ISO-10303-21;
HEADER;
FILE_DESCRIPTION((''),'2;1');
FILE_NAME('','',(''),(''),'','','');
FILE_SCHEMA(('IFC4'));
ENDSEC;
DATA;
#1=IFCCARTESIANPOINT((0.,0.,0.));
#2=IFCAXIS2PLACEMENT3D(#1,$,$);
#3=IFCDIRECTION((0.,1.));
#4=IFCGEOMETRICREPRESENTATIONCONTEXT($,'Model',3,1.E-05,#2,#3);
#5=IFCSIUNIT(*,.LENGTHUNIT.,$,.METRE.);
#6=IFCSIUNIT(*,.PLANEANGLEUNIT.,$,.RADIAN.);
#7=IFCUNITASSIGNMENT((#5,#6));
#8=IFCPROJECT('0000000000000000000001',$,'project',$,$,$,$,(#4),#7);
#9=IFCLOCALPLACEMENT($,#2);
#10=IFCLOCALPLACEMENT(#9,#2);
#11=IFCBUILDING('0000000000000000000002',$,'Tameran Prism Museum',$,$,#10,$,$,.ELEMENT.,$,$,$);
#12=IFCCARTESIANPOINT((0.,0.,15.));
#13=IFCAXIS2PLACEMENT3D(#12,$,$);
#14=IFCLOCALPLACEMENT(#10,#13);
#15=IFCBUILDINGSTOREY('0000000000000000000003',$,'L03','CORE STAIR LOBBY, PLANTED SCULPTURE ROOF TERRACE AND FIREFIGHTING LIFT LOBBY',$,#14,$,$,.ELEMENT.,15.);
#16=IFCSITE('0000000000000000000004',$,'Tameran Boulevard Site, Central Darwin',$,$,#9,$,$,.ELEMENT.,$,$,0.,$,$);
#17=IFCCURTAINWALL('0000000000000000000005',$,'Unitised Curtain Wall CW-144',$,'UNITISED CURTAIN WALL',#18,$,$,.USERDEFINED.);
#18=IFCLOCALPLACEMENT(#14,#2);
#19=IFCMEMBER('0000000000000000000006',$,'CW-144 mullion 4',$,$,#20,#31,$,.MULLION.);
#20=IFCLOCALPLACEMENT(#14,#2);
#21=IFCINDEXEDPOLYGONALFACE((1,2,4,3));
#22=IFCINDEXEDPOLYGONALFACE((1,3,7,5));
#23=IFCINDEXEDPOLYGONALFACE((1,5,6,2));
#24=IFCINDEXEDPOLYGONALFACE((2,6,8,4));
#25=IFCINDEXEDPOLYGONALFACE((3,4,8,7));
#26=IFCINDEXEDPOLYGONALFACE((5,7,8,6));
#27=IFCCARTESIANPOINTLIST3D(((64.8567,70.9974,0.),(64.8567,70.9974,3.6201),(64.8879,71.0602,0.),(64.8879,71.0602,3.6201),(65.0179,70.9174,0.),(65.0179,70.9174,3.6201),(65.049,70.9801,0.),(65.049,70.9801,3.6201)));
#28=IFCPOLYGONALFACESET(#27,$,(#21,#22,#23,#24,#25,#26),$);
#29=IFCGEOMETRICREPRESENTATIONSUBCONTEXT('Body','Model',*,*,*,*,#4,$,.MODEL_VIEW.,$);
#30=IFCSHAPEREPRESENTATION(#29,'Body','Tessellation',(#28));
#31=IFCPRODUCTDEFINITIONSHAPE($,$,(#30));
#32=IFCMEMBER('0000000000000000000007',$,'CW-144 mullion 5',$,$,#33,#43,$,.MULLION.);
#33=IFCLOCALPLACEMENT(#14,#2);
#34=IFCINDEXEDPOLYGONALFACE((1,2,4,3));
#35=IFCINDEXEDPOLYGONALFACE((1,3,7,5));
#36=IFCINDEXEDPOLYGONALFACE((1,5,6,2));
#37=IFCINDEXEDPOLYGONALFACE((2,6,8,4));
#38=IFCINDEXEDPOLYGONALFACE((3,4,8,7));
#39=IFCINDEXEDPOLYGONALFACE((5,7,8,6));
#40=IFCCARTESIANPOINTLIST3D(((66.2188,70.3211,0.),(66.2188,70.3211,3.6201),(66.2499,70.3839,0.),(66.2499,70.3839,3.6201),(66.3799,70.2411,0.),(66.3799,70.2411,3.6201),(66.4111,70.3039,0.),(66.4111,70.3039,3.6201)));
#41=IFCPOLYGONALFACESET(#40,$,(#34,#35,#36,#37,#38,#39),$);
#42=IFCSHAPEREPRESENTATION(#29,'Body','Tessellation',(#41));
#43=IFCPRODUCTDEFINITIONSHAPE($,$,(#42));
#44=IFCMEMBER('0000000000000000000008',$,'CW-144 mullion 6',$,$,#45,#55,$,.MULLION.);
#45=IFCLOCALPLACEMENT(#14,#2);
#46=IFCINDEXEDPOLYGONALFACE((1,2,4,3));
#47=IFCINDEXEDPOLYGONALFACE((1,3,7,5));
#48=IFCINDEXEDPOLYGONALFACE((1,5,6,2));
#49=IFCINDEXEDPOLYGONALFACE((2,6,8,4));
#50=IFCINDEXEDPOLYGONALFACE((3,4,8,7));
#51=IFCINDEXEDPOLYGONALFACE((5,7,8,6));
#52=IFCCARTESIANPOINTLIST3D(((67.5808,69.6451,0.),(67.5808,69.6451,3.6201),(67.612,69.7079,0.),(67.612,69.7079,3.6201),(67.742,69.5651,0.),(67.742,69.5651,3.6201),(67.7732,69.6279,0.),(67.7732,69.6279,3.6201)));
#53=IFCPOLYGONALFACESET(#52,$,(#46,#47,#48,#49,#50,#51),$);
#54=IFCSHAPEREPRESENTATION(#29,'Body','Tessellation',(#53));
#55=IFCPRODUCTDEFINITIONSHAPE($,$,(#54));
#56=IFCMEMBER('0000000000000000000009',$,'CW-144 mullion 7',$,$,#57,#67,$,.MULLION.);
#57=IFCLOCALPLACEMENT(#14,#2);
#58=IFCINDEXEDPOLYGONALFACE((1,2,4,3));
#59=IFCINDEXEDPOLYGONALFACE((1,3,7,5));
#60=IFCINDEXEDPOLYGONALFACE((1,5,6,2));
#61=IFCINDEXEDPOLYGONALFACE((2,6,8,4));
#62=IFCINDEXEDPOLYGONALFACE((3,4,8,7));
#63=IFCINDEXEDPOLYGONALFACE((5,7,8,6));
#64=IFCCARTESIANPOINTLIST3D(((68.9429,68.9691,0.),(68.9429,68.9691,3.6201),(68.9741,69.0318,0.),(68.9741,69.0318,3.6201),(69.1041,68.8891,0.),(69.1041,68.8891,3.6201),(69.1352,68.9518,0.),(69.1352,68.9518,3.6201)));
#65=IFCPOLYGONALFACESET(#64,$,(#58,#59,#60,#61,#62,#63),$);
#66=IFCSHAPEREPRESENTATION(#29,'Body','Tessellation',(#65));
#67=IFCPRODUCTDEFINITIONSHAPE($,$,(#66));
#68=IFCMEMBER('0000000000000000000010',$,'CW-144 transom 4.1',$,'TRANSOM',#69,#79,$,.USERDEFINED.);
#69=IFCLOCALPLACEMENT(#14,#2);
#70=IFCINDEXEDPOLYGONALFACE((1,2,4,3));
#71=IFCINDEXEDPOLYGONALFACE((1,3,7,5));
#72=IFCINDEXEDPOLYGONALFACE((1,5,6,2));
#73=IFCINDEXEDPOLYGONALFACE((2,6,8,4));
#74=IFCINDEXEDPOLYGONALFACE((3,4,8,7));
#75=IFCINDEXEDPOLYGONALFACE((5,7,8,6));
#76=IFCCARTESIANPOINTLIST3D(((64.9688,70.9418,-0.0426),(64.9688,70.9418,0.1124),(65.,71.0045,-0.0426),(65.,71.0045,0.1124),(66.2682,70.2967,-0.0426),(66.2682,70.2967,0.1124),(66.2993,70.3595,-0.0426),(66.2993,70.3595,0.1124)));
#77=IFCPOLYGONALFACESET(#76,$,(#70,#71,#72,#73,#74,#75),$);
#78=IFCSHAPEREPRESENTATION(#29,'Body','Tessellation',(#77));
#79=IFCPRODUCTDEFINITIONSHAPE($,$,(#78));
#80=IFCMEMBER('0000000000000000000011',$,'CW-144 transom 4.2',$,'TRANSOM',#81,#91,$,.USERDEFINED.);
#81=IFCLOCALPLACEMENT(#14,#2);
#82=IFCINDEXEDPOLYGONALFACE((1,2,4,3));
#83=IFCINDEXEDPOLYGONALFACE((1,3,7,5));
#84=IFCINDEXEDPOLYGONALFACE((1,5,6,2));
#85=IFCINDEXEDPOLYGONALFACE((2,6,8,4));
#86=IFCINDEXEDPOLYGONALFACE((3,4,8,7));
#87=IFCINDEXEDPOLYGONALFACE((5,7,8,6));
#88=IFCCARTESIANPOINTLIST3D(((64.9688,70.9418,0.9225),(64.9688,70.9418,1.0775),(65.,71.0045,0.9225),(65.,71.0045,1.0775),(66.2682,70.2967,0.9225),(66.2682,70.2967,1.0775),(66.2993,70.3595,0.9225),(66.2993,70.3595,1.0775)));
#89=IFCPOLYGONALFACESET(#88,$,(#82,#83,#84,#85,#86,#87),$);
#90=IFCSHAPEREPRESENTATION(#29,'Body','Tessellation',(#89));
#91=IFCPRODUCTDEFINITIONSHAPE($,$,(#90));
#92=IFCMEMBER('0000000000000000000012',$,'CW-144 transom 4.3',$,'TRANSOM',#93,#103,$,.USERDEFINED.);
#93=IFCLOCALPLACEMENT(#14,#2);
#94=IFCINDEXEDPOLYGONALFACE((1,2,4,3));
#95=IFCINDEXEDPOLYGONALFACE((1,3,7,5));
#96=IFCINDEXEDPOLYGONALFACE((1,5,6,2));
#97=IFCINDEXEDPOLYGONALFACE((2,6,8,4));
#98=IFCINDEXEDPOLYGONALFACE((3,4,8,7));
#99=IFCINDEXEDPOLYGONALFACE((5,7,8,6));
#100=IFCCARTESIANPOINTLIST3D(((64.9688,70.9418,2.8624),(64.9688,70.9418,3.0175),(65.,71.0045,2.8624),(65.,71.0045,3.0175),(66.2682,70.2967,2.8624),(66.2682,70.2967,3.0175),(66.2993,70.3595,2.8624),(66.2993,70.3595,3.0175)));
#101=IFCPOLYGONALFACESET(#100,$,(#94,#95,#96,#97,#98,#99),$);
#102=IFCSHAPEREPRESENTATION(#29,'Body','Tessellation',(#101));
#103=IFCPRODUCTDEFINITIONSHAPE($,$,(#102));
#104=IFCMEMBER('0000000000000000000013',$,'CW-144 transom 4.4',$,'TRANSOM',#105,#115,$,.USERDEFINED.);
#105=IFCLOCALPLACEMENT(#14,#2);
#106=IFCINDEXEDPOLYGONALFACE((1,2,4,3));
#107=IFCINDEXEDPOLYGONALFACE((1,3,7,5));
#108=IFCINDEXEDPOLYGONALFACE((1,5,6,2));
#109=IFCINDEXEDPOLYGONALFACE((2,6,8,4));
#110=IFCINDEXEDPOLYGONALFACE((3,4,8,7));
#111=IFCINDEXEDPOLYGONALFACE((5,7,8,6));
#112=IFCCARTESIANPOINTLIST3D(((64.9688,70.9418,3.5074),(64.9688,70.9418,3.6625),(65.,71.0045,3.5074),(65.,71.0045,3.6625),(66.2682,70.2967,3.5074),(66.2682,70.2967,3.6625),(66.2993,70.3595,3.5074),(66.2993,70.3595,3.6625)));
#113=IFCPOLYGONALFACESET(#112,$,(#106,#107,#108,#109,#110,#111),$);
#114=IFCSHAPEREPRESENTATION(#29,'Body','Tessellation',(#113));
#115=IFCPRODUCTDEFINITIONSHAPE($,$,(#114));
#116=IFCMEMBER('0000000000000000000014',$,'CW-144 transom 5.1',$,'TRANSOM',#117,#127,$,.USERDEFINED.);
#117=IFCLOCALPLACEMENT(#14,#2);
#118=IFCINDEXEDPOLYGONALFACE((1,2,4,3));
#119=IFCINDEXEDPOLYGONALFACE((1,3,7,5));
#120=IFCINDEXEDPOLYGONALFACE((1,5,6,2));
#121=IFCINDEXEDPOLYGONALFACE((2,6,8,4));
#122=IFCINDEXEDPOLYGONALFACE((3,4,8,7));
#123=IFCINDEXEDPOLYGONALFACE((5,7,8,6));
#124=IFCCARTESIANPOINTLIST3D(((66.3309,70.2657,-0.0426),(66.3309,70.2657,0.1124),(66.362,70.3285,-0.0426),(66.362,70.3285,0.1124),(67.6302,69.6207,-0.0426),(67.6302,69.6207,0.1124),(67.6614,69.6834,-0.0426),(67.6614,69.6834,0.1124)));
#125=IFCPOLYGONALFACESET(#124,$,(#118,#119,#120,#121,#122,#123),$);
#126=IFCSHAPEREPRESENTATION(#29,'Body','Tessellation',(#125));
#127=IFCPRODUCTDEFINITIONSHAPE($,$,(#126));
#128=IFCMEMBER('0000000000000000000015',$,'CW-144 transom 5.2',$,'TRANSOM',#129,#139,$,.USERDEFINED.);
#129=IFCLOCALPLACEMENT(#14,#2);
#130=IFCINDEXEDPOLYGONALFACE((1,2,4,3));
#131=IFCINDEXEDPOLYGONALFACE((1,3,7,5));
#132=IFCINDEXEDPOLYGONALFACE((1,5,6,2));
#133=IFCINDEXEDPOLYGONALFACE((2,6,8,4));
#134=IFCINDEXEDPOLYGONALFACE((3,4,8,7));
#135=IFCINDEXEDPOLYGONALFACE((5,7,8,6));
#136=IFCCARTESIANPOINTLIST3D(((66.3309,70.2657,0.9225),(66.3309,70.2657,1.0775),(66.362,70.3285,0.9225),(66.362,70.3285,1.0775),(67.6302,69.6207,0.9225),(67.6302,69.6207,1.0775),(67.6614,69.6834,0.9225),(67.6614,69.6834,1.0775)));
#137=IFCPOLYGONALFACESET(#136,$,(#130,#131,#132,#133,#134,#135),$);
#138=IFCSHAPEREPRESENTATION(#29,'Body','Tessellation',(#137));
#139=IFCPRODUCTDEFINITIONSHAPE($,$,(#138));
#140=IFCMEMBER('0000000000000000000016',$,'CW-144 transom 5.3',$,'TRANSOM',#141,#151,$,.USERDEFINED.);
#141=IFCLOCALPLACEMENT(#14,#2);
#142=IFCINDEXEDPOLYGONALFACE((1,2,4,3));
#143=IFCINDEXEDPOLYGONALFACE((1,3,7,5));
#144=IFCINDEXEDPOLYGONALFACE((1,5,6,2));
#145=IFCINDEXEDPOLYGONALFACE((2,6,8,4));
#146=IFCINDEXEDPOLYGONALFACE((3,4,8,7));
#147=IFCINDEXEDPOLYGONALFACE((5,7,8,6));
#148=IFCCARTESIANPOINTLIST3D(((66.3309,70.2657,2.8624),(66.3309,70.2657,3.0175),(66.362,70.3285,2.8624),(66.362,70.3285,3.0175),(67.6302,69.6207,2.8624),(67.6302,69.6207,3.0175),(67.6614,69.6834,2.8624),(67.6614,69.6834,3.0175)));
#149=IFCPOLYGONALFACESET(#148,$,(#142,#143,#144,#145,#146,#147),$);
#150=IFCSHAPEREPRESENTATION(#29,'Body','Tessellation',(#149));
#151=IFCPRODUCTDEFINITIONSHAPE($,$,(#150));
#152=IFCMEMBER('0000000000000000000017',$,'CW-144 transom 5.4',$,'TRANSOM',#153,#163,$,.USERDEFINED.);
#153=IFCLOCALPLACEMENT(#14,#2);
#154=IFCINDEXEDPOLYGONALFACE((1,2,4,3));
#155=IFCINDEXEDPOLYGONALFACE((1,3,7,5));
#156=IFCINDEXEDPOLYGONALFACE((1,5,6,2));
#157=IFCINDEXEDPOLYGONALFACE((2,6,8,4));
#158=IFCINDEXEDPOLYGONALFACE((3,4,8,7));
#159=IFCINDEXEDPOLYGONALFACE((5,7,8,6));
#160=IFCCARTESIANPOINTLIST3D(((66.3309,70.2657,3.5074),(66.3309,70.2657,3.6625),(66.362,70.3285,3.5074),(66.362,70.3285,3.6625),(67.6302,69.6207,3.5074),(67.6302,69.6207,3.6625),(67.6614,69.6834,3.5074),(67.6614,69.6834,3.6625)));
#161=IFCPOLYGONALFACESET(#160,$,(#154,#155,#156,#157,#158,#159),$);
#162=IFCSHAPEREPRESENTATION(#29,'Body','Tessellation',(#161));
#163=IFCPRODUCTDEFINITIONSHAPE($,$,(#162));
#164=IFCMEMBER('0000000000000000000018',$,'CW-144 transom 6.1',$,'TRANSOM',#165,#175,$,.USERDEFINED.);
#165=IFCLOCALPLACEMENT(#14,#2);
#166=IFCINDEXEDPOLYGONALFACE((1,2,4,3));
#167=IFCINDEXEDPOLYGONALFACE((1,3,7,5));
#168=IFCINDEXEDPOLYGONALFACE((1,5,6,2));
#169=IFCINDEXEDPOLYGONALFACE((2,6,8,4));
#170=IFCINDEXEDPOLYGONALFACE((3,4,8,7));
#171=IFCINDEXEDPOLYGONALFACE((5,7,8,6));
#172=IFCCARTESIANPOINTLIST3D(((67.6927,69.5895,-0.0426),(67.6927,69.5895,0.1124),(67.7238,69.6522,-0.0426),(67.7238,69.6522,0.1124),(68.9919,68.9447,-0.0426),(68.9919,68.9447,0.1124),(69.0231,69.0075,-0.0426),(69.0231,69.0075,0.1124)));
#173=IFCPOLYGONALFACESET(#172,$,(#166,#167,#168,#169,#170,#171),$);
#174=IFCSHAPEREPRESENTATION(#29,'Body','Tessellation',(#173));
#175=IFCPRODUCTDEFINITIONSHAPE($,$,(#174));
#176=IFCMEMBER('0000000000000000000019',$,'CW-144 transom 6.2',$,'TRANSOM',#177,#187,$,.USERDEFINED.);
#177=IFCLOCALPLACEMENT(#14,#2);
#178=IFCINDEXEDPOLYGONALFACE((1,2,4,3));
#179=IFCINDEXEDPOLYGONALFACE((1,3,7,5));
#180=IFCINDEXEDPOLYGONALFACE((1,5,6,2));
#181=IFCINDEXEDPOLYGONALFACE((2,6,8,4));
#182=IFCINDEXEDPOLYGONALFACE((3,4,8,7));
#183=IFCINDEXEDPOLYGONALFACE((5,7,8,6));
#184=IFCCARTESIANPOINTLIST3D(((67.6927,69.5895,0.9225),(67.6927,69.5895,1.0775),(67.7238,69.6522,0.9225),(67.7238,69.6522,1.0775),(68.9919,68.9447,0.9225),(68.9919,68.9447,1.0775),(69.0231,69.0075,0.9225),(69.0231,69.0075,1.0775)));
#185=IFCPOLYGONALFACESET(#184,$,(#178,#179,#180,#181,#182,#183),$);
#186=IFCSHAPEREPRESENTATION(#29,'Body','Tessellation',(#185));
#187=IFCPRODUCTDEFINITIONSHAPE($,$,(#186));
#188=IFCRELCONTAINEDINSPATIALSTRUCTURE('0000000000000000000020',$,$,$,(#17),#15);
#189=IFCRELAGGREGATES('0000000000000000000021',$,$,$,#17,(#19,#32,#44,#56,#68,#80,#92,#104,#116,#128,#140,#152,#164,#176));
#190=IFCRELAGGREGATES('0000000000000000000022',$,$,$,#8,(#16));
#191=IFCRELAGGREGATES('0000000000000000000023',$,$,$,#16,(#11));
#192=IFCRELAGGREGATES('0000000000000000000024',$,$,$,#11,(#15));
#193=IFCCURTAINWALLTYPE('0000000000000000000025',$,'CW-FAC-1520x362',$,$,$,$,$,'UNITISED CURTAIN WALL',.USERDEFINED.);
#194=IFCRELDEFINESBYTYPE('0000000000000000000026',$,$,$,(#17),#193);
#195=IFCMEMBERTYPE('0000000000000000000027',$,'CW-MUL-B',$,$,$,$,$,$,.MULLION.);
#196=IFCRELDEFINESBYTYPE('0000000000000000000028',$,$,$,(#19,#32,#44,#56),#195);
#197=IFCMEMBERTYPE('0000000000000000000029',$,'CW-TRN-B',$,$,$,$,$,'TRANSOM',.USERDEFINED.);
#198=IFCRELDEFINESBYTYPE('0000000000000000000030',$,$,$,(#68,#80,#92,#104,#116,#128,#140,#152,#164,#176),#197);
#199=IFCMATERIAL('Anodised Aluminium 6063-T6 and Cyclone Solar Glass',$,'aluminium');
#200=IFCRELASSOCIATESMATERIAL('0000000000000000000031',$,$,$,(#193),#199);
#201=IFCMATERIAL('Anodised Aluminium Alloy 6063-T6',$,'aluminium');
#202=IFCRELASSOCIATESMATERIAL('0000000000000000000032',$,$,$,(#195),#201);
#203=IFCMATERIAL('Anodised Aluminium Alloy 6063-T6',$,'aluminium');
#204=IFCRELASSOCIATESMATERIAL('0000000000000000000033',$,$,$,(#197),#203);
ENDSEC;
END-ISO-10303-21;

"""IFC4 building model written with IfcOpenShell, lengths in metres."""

from ifc_helpers import new_model, si_unit, direction, frame, origin, origin_2d, place, context, subcontext, project, spatial, rectangle, extrude, material, material_profile, profile_set, type_object, element, aggregate, save


model = new_model("IFC4")

# Units and contexts
model_context = context("Model", 3, precision=1e-05, world=origin(), true_north=direction((0.0, 1.0)))
body_context = subcontext(model_context, "Body", "Model", "MODEL_VIEW")
ifc_project = project(units=[si_unit("LENGTHUNIT", "METRE"), si_unit("PLANEANGLEUNIT", "RADIAN")], contexts=[model_context])

# Site, building, storey
site_placement = place(None, origin())
site = spatial("IfcSite", under=ifc_project, at=site_placement, Name="Tameran Boulevard Site, Central Darwin", CompositionType="ELEMENT", RefElevation=0.0)
building_placement = place(site_placement, origin())
building = spatial("IfcBuilding", under=site, at=building_placement, Name="Tameran Prism Museum", CompositionType="ELEMENT")
storey_placement = place(building_placement, frame((0.0, 0.0, 15.0)))
storey = spatial("IfcBuildingStorey", under=building, at=storey_placement, Name="L03", Description="CORE STAIR LOBBY, PLANTED SCULPTURE ROOF TERRACE AND FIREFIGHTING LIFT LOBBY", CompositionType="ELEMENT", Elevation=15.0)

# Curtain wall, members
ifc_material_1 = material(Name="Anodised Aluminium 6063-T6 and Cyclone Solar Glass", Category="aluminium")
curtain_wall_type = type_object("IfcCurtainWallType", Name="CW-FAC-1520x362", ElementType="UNITISED CURTAIN WALL", PredefinedType="USERDEFINED", material=ifc_material_1)
curtain_wall_placement = place(storey_placement, origin())
curtain_wall = element("IfcCurtainWall", 1, at=curtain_wall_placement, inside=storey, type_object=curtain_wall_type, Name="Unitised Curtain Wall CW-144", ObjectType="UNITISED CURTAIN WALL", PredefinedType="USERDEFINED")
ifc_material_2 = material(Name="Anodised Aluminium Alloy 6063-T6", Category="aluminium")
ifc_material_profile_1 = material_profile(ifc_material_2, rectangle(XDim=0.0701, YDim=0.1799, at=origin_2d()))
ifc_profile_set_1 = profile_set([ifc_material_profile_1])
member_type_1 = type_object("IfcMemberType", Name="CW-MUL-B", PredefinedType="MULLION", material=ifc_profile_set_1)
member_1_placement = place(storey_placement, frame((64.9529, 70.9888, 0.0), z_axis=(0.0, 0.0, 1.0), x_axis=(0.444634, 0.895712, 0.0)))
member_1 = element("IfcMember", 2, at=member_1_placement, type_object=member_type_1, Name="CW-144 mullion 4", PredefinedType="MULLION", context=body_context, shape_type="SweptSolid", body=[
    extrude(rectangle(XDim=0.0701, YDim=0.1799, at=origin_2d()), origin(), (0.0, 0.0, 1.0), 3.6201),
])
member_2_placement = place(storey_placement, frame((66.3149, 70.3125, 0.0), z_axis=(0.0, 0.0, 1.0), x_axis=(0.444634, 0.895712, 0.0)))
member_2 = element("IfcMember", 3, at=member_2_placement, type_object=member_type_1, Name="CW-144 mullion 5", PredefinedType="MULLION", context=body_context, shape_type="SweptSolid", body=[
    extrude(rectangle(XDim=0.0701, YDim=0.1799, at=origin_2d()), origin(), (0.0, 0.0, 1.0), 3.6201),
])
member_3_placement = place(storey_placement, frame((67.677, 69.6365, 0.0), z_axis=(0.0, 0.0, 1.0), x_axis=(0.444634, 0.895712, 0.0)))
member_3 = element("IfcMember", 4, at=member_3_placement, type_object=member_type_1, Name="CW-144 mullion 6", PredefinedType="MULLION", context=body_context, shape_type="SweptSolid", body=[
    extrude(rectangle(XDim=0.0701, YDim=0.1799, at=origin_2d()), origin(), (0.0, 0.0, 1.0), 3.6201),
])
member_4_placement = place(storey_placement, frame((69.0391, 68.9604, 0.0), z_axis=(0.0, 0.0, 1.0), x_axis=(0.444634, 0.895712, 0.0)))
member_4 = element("IfcMember", 5, at=member_4_placement, type_object=member_type_1, Name="CW-144 mullion 7", PredefinedType="MULLION", context=body_context, shape_type="SweptSolid", body=[
    extrude(rectangle(XDim=0.0701, YDim=0.1799, at=origin_2d()), origin(), (0.0, 0.0, 1.0), 3.6201),
])
ifc_material_3 = material(Name="Anodised Aluminium Alloy 6063-T6", Category="aluminium")
ifc_material_profile_2 = material_profile(ifc_material_3, rectangle(XDim=0.0701, YDim=0.155, at=origin_2d()))
ifc_profile_set_2 = profile_set([ifc_material_profile_2])
member_type_2 = type_object("IfcMemberType", Name="CW-TRN-B", ElementType="TRANSOM", PredefinedType="USERDEFINED", material=ifc_profile_set_2)
member_5_placement = place(storey_placement, frame((64.9844, 70.9731, 0.0349), z_axis=(0.895703, -0.444654, 0.0), x_axis=(0.444654, 0.895703, 0.0)))
member_5 = element("IfcMember", 6, at=member_5_placement, type_object=member_type_2, Name="CW-144 transom 4.1", ObjectType="TRANSOM", PredefinedType="USERDEFINED", context=body_context, shape_type="SweptSolid", body=[
    extrude(rectangle(XDim=0.0701, YDim=0.155, at=origin_2d()), origin(), (0.0, 0.0, 1.0), 1.4507),
])
member_6_placement = place(storey_placement, frame((64.9844, 70.9731, 1.0), z_axis=(0.895703, -0.444654, 0.0), x_axis=(0.444654, 0.895703, 0.0)))
member_6 = element("IfcMember", 7, at=member_6_placement, type_object=member_type_2, Name="CW-144 transom 4.2", ObjectType="TRANSOM", PredefinedType="USERDEFINED", context=body_context, shape_type="SweptSolid", body=[
    extrude(rectangle(XDim=0.0701, YDim=0.155, at=origin_2d()), origin(), (0.0, 0.0, 1.0), 1.4507),
])
member_7_placement = place(storey_placement, frame((64.9844, 70.9731, 2.9399), z_axis=(0.895703, -0.444654, 0.0), x_axis=(0.444654, 0.895703, 0.0)))
member_7 = element("IfcMember", 8, at=member_7_placement, type_object=member_type_2, Name="CW-144 transom 4.3", ObjectType="TRANSOM", PredefinedType="USERDEFINED", context=body_context, shape_type="SweptSolid", body=[
    extrude(rectangle(XDim=0.0701, YDim=0.155, at=origin_2d()), origin(), (0.0, 0.0, 1.0), 1.4507),
])
member_8_placement = place(storey_placement, frame((64.9844, 70.9731, 3.585), z_axis=(0.895703, -0.444654, 0.0), x_axis=(0.444654, 0.895703, 0.0)))
member_8 = element("IfcMember", 9, at=member_8_placement, type_object=member_type_2, Name="CW-144 transom 4.4", ObjectType="TRANSOM", PredefinedType="USERDEFINED", context=body_context, shape_type="SweptSolid", body=[
    extrude(rectangle(XDim=0.0701, YDim=0.155, at=origin_2d()), origin(), (0.0, 0.0, 1.0), 1.4507),
])
member_9_placement = place(storey_placement, frame((66.3464, 70.2971, 0.0349), z_axis=(0.895703, -0.444654, 0.0), x_axis=(0.444654, 0.895703, 0.0)))
member_9 = element("IfcMember", 10, at=member_9_placement, type_object=member_type_2, Name="CW-144 transom 5.1", ObjectType="TRANSOM", PredefinedType="USERDEFINED", context=body_context, shape_type="SweptSolid", body=[
    extrude(rectangle(XDim=0.0701, YDim=0.155, at=origin_2d()), origin(), (0.0, 0.0, 1.0), 1.4507),
])
member_10_placement = place(storey_placement, frame((66.3464, 70.2971, 1.0), z_axis=(0.895703, -0.444654, 0.0), x_axis=(0.444654, 0.895703, 0.0)))
member_10 = element("IfcMember", 11, at=member_10_placement, type_object=member_type_2, Name="CW-144 transom 5.2", ObjectType="TRANSOM", PredefinedType="USERDEFINED", context=body_context, shape_type="SweptSolid", body=[
    extrude(rectangle(XDim=0.0701, YDim=0.155, at=origin_2d()), origin(), (0.0, 0.0, 1.0), 1.4507),
])
member_11_placement = place(storey_placement, frame((66.3464, 70.2971, 2.9399), z_axis=(0.895703, -0.444654, 0.0), x_axis=(0.444654, 0.895703, 0.0)))
member_11 = element("IfcMember", 12, at=member_11_placement, type_object=member_type_2, Name="CW-144 transom 5.3", ObjectType="TRANSOM", PredefinedType="USERDEFINED", context=body_context, shape_type="SweptSolid", body=[
    extrude(rectangle(XDim=0.0701, YDim=0.155, at=origin_2d()), origin(), (0.0, 0.0, 1.0), 1.4507),
])
member_12_placement = place(storey_placement, frame((66.3464, 70.2971, 3.585), z_axis=(0.895703, -0.444654, 0.0), x_axis=(0.444654, 0.895703, 0.0)))
member_12 = element("IfcMember", 13, at=member_12_placement, type_object=member_type_2, Name="CW-144 transom 5.4", ObjectType="TRANSOM", PredefinedType="USERDEFINED", context=body_context, shape_type="SweptSolid", body=[
    extrude(rectangle(XDim=0.0701, YDim=0.155, at=origin_2d()), origin(), (0.0, 0.0, 1.0), 1.4507),
])
member_13_placement = place(storey_placement, frame((67.7083, 69.6208, 0.0349), z_axis=(0.89577, -0.444519, 0.0), x_axis=(0.444519, 0.89577, 0.0)))
member_13 = element("IfcMember", 14, at=member_13_placement, type_object=member_type_2, Name="CW-144 transom 6.1", ObjectType="TRANSOM", PredefinedType="USERDEFINED", context=body_context, shape_type="SweptSolid", body=[
    extrude(rectangle(XDim=0.0701, YDim=0.155, at=origin_2d()), origin(), (0.0, 0.0, 1.0), 1.4504),
])
member_14_placement = place(storey_placement, frame((67.7083, 69.6208, 1.0), z_axis=(0.89577, -0.444519, 0.0), x_axis=(0.444519, 0.89577, 0.0)))
member_14 = element("IfcMember", 15, at=member_14_placement, type_object=member_type_2, Name="CW-144 transom 6.2", ObjectType="TRANSOM", PredefinedType="USERDEFINED", context=body_context, shape_type="SweptSolid", body=[
    extrude(rectangle(XDim=0.0701, YDim=0.155, at=origin_2d()), origin(), (0.0, 0.0, 1.0), 1.4504),
])
aggregate(curtain_wall, [member_1, member_2, member_3, member_4, member_5, member_6, member_7, member_8, member_9, member_10, member_11, member_12, member_13, member_14])

save(model, "model.ifc")
